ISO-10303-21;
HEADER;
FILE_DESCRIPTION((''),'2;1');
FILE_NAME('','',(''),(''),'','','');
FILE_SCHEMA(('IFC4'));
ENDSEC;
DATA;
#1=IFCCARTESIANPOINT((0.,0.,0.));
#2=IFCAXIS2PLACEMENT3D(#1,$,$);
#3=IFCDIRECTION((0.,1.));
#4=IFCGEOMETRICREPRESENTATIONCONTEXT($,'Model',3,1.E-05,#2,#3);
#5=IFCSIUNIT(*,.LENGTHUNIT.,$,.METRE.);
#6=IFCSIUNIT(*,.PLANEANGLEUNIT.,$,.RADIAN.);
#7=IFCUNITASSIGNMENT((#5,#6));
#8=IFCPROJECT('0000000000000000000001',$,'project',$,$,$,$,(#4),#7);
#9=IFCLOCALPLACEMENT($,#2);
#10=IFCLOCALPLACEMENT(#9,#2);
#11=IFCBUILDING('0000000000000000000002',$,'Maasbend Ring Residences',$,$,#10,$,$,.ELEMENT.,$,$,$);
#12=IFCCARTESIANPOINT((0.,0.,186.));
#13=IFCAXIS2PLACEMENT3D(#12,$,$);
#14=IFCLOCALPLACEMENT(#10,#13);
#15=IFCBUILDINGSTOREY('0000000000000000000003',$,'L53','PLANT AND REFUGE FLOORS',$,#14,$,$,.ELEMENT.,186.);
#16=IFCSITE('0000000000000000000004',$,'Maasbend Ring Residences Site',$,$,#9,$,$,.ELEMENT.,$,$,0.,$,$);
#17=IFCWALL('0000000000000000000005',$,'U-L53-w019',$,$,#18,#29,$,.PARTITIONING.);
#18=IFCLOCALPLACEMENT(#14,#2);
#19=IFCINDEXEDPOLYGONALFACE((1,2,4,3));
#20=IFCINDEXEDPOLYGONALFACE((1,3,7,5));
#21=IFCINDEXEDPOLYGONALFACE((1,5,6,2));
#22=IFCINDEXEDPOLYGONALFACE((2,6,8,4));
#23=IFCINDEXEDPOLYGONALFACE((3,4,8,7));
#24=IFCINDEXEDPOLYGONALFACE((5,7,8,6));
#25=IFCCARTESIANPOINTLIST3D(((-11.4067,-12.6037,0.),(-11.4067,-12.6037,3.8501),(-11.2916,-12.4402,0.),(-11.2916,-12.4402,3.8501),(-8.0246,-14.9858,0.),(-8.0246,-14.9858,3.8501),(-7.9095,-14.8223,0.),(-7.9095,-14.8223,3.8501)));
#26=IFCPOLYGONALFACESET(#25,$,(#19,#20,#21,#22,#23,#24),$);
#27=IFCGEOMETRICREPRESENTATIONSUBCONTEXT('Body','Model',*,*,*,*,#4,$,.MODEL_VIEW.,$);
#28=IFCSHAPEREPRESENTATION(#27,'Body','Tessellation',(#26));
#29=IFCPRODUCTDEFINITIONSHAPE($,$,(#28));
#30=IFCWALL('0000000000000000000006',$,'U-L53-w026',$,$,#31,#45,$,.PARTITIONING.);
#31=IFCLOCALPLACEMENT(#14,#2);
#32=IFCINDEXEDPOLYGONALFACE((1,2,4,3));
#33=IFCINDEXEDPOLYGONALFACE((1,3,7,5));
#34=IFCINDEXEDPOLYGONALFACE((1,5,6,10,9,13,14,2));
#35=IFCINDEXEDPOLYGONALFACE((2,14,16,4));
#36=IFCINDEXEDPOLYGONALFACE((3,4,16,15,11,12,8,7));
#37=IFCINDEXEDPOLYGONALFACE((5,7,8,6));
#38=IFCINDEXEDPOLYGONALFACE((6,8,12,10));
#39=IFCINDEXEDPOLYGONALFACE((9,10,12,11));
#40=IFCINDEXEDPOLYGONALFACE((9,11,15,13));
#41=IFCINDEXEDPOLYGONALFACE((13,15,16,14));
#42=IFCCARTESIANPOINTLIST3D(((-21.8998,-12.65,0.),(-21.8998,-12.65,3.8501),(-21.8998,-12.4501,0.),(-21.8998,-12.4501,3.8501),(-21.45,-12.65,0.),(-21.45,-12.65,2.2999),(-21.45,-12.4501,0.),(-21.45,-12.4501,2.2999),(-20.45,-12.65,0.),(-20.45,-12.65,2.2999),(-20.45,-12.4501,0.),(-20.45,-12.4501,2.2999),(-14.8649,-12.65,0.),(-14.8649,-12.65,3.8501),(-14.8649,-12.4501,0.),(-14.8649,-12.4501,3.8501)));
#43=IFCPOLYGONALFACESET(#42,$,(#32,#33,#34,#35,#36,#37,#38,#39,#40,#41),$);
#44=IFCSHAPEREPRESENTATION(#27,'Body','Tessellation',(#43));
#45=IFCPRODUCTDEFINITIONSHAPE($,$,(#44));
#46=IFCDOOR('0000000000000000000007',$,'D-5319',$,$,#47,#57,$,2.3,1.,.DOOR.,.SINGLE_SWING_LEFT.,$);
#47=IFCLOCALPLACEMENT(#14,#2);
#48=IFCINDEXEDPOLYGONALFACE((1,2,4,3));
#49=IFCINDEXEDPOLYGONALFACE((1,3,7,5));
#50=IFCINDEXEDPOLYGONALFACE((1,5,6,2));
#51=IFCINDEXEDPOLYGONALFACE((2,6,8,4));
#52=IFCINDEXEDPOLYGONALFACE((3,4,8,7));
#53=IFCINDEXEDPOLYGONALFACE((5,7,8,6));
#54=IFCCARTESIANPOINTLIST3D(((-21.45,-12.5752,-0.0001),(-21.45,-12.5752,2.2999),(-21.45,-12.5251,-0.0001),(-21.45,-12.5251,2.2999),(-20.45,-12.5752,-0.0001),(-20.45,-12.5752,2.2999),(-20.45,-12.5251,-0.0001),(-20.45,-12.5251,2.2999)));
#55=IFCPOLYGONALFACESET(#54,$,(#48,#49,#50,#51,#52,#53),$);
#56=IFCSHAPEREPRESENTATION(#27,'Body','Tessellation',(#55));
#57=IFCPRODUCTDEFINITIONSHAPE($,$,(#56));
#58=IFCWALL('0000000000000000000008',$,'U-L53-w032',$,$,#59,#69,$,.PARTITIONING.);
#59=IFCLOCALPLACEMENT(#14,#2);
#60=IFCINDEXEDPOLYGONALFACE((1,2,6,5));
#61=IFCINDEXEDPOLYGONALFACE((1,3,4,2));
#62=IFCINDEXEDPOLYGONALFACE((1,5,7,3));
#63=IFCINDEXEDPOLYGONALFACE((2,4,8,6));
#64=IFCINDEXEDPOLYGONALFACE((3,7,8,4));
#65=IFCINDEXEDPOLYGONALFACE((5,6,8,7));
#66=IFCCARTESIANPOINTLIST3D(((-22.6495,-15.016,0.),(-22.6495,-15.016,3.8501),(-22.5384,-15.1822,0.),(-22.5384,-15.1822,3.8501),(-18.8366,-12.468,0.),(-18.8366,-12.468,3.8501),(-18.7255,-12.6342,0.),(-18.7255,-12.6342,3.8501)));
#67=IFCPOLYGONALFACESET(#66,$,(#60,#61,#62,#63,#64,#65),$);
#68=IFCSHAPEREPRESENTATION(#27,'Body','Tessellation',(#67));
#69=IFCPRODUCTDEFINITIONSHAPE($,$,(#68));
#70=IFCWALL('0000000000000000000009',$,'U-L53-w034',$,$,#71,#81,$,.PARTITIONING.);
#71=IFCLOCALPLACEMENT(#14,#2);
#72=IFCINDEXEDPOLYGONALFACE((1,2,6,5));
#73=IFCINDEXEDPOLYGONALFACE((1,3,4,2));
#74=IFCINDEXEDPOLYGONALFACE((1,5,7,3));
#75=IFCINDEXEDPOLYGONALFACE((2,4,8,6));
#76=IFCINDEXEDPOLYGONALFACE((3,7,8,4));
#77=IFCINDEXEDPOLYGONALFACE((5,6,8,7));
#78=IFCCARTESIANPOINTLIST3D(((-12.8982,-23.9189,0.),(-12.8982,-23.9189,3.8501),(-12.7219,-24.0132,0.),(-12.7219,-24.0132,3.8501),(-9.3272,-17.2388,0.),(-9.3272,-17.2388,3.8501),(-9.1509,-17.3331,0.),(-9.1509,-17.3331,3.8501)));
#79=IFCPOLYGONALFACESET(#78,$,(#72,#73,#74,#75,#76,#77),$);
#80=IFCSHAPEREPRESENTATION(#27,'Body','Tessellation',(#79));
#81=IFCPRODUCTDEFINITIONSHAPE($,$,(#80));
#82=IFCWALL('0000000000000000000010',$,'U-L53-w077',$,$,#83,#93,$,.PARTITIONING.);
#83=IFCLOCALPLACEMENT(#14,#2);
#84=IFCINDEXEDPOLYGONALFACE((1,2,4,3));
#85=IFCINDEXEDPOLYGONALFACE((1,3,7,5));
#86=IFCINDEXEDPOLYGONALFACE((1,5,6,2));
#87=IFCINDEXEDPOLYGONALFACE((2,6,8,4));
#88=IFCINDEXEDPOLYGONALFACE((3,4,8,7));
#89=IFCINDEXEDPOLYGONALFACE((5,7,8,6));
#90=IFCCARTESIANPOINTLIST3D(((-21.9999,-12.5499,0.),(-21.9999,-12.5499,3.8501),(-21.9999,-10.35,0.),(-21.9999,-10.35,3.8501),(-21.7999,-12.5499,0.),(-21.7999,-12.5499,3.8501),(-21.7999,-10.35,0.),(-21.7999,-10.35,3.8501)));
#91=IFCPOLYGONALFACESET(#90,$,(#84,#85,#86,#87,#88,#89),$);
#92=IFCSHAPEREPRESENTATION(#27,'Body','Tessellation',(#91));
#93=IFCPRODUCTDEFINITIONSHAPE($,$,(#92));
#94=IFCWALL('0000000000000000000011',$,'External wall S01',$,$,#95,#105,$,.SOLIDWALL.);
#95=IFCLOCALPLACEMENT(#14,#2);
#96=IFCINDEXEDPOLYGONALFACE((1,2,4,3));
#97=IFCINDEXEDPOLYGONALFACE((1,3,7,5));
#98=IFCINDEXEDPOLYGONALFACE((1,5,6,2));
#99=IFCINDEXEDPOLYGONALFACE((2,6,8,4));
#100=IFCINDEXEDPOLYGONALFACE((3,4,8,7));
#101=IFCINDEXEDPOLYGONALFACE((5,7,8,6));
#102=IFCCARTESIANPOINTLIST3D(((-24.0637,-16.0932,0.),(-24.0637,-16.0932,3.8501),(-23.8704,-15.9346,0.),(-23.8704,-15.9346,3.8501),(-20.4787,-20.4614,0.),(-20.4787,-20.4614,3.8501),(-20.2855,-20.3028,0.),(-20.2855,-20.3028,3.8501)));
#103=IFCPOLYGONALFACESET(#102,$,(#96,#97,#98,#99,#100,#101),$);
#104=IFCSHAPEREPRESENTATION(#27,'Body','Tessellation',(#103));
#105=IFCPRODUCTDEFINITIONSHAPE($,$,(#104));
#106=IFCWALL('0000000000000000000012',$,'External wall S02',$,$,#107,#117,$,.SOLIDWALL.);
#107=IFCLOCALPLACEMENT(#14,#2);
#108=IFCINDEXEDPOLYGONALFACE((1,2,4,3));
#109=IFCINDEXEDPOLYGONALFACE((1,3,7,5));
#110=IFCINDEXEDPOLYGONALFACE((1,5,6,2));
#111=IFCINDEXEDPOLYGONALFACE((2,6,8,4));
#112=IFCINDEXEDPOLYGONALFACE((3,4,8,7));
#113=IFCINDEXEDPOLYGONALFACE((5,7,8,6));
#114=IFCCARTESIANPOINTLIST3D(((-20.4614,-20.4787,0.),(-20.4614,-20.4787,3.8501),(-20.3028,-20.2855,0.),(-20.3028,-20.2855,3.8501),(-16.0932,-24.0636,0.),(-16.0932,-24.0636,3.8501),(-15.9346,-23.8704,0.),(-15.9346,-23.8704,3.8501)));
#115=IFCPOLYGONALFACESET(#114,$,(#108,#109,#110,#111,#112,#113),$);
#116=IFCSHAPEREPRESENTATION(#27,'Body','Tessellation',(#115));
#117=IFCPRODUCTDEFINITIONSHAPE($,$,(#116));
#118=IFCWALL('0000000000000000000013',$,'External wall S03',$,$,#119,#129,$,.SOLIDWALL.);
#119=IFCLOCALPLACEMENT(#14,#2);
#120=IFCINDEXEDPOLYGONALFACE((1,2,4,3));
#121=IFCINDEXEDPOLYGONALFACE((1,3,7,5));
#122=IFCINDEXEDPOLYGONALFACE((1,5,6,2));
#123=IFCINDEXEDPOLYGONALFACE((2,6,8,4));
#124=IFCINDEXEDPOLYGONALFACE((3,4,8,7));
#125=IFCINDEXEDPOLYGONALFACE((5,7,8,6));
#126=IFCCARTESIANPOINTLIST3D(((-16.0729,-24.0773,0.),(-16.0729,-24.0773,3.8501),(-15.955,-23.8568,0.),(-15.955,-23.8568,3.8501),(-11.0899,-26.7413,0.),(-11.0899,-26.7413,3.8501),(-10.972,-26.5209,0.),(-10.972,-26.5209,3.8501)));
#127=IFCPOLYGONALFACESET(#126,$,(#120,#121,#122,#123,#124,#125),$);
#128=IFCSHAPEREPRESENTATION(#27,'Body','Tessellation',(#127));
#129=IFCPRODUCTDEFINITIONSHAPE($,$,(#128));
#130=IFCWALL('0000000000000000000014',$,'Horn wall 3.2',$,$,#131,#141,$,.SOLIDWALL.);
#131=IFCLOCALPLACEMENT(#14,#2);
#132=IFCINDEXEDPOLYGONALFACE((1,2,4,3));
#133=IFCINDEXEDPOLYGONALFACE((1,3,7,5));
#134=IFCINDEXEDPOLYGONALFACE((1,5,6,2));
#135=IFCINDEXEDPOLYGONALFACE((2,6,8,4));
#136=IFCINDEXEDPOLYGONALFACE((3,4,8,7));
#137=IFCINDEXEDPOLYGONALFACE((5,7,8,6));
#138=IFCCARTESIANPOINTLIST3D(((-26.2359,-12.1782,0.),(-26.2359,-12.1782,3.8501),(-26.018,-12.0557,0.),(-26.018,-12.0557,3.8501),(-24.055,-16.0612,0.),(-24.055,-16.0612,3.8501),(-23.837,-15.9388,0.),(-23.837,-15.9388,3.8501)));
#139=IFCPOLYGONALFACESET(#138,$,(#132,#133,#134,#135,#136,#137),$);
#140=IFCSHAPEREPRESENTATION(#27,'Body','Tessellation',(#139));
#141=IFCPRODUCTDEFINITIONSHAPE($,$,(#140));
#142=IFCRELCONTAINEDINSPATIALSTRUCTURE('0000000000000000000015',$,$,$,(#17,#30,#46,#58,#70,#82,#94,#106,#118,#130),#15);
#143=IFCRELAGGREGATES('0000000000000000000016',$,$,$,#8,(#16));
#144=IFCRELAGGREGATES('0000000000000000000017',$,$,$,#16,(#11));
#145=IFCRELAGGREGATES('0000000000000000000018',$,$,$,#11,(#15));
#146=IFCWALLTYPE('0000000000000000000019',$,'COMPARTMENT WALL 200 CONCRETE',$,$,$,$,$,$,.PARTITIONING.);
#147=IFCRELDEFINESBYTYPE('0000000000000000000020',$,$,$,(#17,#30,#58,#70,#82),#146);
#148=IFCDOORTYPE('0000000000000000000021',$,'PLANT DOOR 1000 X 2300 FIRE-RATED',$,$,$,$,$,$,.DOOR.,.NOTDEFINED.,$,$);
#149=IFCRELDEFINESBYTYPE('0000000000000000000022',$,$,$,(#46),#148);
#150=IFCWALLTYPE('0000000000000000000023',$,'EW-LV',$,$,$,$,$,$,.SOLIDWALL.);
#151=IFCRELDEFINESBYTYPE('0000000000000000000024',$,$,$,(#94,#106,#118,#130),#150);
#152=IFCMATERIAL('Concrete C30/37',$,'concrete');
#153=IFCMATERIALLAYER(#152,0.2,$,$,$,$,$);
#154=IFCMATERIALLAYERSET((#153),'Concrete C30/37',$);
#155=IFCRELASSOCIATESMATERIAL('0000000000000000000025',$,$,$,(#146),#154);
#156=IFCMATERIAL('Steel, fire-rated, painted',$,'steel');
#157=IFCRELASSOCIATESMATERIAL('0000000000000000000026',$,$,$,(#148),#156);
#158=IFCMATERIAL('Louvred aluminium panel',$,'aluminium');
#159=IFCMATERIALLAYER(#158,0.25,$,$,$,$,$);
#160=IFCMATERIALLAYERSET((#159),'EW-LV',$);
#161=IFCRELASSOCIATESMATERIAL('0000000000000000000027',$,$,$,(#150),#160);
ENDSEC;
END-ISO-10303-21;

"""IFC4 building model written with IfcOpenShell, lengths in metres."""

from ifc_helpers import new_model, si_unit, direction, frame, frame_2d, origin, place, context, subcontext, project, spatial, rectangle, extrude, material, layer, layer_set, type_object, element, fill, save


model = new_model("IFC4")

# Units and contexts
model_context = context("Model", 3, precision=1e-05, world=origin(), true_north=direction((0.0, 1.0)))
body_context = subcontext(model_context, "Body", "Model", "MODEL_VIEW")
ifc_project = project(units=[si_unit("LENGTHUNIT", "METRE"), si_unit("PLANEANGLEUNIT", "RADIAN")], contexts=[model_context])

# Site, building, storey
site_placement = place(None, origin())
site = spatial("IfcSite", under=ifc_project, at=site_placement, Name="Maasbend Ring Residences Site", CompositionType="ELEMENT", RefElevation=0.0)
building_placement = place(site_placement, origin())
building = spatial("IfcBuilding", under=site, at=building_placement, Name="Maasbend Ring Residences", CompositionType="ELEMENT")
storey_placement = place(building_placement, frame((0.0, 0.0, 186.0)))
storey = spatial("IfcBuildingStorey", under=building, at=storey_placement, Name="L53", Description="PLANT AND REFUGE FLOORS", CompositionType="ELEMENT", Elevation=186.0)

# Shared definitions
ifc_material_1 = material(Name="Concrete C30/37", Category="concrete")
ifc_layer_1 = layer(ifc_material_1, 0.2)
ifc_layer_set_1 = layer_set([ifc_layer_1], Name="Concrete C30/37")
wall_type_1 = type_object("IfcWallType", Name="COMPARTMENT WALL 200 CONCRETE", PredefinedType="PARTITIONING", material=ifc_layer_set_1)

# Shared definitions
ifc_material_2 = material(Name="Steel, fire-rated, painted", Category="steel")
door_type = type_object("IfcDoorType", Name="PLANT DOOR 1000 X 2300 FIRE-RATED", OperationType="NOTDEFINED", PredefinedType="DOOR", material=ifc_material_2)

# Wall
wall_1_placement = place(storey_placement, frame((-11.3491, -12.522, 0.0), z_axis=(0.0, 0.0, 1.0), x_axis=(0.817568, -0.575833, 0.0)))
element("IfcWall", 1, at=wall_1_placement, inside=storey, type_object=wall_type_1, Name="U-L53-w019", PredefinedType="PARTITIONING", context=body_context, shape_type="SweptSolid", body=[
    extrude(rectangle(XDim=4.1367, YDim=0.2, at=frame_2d((2.0684, 0.0))), origin(), (0.0, 0.0, 1.0), 3.8501),
])

# Wall, opening, door
wall_2_placement = place(storey_placement, frame((-21.8999, -12.55, 0.0), z_axis=(0.0, 0.0, 1.0), x_axis=(1.0, 0.0, 0.0)))
wall_2 = element("IfcWall", 2, at=wall_2_placement, inside=storey, type_object=wall_type_1, Name="U-L53-w026", PredefinedType="PARTITIONING", context=body_context, shape_type="SweptSolid", body=[
    extrude(rectangle(XDim=7.0349, YDim=0.2, at=frame_2d((3.5176, 0.0))), origin(), (0.0, 0.0, 1.0), 3.8501),
])
opening_1_placement = place(wall_2_placement, frame((0.45, 0.0, 0.0)))
opening_1 = element("IfcOpeningElement", 3, at=opening_1_placement, cuts=wall_2, PredefinedType="OPENING", context=body_context, shape_type="SweptSolid", body=[
    extrude(rectangle(XDim=1.0, YDim=2.3, at=frame_2d((0.5, 1.1499))), frame((0.0, 0.1099, 0.0), z_axis=(0.0, -1.0, 0.0), x_axis=(1.0, 0.0, 0.0)), (0.0, 0.0, 1.0), 0.22),
])
door_1_placement = place(opening_1_placement, origin())
door_1 = element("IfcDoor", 4, at=door_1_placement, inside=storey, type_object=door_type, Name="D-5319", OperationType="SINGLE_SWING_LEFT", OverallHeight=2.3, OverallWidth=1.0, PredefinedType="DOOR", context=body_context, shape_type="SweptSolid", body=[
    extrude(rectangle(XDim=1.0, YDim=2.3, at=frame_2d((0.5, 1.1499))), frame((0.0, 0.0249, 0.0), z_axis=(0.0, -1.0, 0.0), x_axis=(1.0, 0.0, 0.0)), (0.0, 0.0, 1.0), 0.05),
])
fill(opening_1, door_1)

# Walls
wall_3_placement = place(storey_placement, frame((-22.594, -15.0991, 0.0), z_axis=(0.0, 0.0, 1.0), x_axis=(0.831436, 0.555621, 0.0)))
element("IfcWall", 5, at=wall_3_placement, inside=storey, type_object=wall_type_1, Name="U-L53-w032", PredefinedType="PARTITIONING", context=body_context, shape_type="SweptSolid", body=[
    extrude(rectangle(XDim=4.5859, YDim=0.2, at=frame_2d((2.293, 0.0))), origin(), (0.0, 0.0, 1.0), 3.8501),
])
wall_4_placement = place(storey_placement, frame((-12.8101, -23.9661, 0.0), z_axis=(0.0, 0.0, 1.0), x_axis=(0.47144, 0.881898, 0.0)))
element("IfcWall", 6, at=wall_4_placement, inside=storey, type_object=wall_type_1, Name="U-L53-w034", PredefinedType="PARTITIONING", context=body_context, shape_type="SweptSolid", body=[
    extrude(rectangle(XDim=7.5747, YDim=0.2, at=frame_2d((3.7874, 0.0))), origin(), (0.0, 0.0, 1.0), 3.8501),
])
wall_5_placement = place(storey_placement, frame((-21.8999, -12.55, 0.0), z_axis=(0.0, 0.0, 1.0), x_axis=(0.0, 1.0, 0.0)))
element("IfcWall", 7, at=wall_5_placement, inside=storey, type_object=wall_type_1, Name="U-L53-w077", PredefinedType="PARTITIONING", context=body_context, shape_type="SweptSolid", body=[
    extrude(rectangle(XDim=2.2, YDim=0.2, at=frame_2d((1.1001, 0.0))), origin(), (0.0, 0.0, 1.0), 3.8501),
])
ifc_material_3 = material(Name="Louvred aluminium panel", Category="aluminium")
ifc_layer_2 = layer(ifc_material_3, 0.25)
ifc_layer_set_2 = layer_set([ifc_layer_2], Name="EW-LV")
wall_type_2 = type_object("IfcWallType", Name="EW-LV", PredefinedType="SOLIDWALL", material=ifc_layer_set_2)
for number, where, z_axis, x_axis, name in (
    (8, (-23.967, -16.0139, 0.0), (0.0, 0.0, 1.0), (0.634404, -0.773002, 0.0), "External wall S01"),
    (9, (-20.3821, -20.3821, 0.0), (0.0, 0.0, 1.0), (0.773002, -0.634404, 0.0), "External wall S02"),
):
    element("IfcWall", number, at=place(storey_placement, frame(where, z_axis=z_axis, x_axis=x_axis)), inside=storey, type_object=wall_type_2, Name=name, PredefinedType="SOLIDWALL", context=body_context, shape_type="SweptSolid", body=[
        extrude(rectangle(XDim=5.6509, YDim=0.25, at=frame_2d((2.8254, 0.0))), origin(), (0.0, 0.0, 1.0), 3.8501),
    ])
wall_6_placement = place(storey_placement, frame((-16.0139, -23.967, 0.0), z_axis=(0.0, 0.0, 1.0), x_axis=(0.881874, -0.471485, 0.0)))
element("IfcWall", 10, at=wall_6_placement, inside=storey, type_object=wall_type_2, Name="External wall S03", PredefinedType="SOLIDWALL", context=body_context, shape_type="SweptSolid", body=[
    extrude(rectangle(XDim=5.6504, YDim=0.25, at=frame_2d((2.8252, 0.0))), origin(), (0.0, 0.0, 1.0), 3.8501),
])
wall_7_placement = place(storey_placement, frame((-26.127, -12.1169, 0.0), z_axis=(0.0, 0.0, 1.0), x_axis=(0.489696, -0.871893, 0.0)))
element("IfcWall", 11, at=wall_7_placement, inside=storey, type_object=wall_type_2, Name="Horn wall 3.2", PredefinedType="SOLIDWALL", context=body_context, shape_type="SweptSolid", body=[
    extrude(rectangle(XDim=4.4536, YDim=0.25, at=frame_2d((2.2268, 0.0))), origin(), (0.0, 0.0, 1.0), 3.8501),
])

save(model, "model.ifc")
